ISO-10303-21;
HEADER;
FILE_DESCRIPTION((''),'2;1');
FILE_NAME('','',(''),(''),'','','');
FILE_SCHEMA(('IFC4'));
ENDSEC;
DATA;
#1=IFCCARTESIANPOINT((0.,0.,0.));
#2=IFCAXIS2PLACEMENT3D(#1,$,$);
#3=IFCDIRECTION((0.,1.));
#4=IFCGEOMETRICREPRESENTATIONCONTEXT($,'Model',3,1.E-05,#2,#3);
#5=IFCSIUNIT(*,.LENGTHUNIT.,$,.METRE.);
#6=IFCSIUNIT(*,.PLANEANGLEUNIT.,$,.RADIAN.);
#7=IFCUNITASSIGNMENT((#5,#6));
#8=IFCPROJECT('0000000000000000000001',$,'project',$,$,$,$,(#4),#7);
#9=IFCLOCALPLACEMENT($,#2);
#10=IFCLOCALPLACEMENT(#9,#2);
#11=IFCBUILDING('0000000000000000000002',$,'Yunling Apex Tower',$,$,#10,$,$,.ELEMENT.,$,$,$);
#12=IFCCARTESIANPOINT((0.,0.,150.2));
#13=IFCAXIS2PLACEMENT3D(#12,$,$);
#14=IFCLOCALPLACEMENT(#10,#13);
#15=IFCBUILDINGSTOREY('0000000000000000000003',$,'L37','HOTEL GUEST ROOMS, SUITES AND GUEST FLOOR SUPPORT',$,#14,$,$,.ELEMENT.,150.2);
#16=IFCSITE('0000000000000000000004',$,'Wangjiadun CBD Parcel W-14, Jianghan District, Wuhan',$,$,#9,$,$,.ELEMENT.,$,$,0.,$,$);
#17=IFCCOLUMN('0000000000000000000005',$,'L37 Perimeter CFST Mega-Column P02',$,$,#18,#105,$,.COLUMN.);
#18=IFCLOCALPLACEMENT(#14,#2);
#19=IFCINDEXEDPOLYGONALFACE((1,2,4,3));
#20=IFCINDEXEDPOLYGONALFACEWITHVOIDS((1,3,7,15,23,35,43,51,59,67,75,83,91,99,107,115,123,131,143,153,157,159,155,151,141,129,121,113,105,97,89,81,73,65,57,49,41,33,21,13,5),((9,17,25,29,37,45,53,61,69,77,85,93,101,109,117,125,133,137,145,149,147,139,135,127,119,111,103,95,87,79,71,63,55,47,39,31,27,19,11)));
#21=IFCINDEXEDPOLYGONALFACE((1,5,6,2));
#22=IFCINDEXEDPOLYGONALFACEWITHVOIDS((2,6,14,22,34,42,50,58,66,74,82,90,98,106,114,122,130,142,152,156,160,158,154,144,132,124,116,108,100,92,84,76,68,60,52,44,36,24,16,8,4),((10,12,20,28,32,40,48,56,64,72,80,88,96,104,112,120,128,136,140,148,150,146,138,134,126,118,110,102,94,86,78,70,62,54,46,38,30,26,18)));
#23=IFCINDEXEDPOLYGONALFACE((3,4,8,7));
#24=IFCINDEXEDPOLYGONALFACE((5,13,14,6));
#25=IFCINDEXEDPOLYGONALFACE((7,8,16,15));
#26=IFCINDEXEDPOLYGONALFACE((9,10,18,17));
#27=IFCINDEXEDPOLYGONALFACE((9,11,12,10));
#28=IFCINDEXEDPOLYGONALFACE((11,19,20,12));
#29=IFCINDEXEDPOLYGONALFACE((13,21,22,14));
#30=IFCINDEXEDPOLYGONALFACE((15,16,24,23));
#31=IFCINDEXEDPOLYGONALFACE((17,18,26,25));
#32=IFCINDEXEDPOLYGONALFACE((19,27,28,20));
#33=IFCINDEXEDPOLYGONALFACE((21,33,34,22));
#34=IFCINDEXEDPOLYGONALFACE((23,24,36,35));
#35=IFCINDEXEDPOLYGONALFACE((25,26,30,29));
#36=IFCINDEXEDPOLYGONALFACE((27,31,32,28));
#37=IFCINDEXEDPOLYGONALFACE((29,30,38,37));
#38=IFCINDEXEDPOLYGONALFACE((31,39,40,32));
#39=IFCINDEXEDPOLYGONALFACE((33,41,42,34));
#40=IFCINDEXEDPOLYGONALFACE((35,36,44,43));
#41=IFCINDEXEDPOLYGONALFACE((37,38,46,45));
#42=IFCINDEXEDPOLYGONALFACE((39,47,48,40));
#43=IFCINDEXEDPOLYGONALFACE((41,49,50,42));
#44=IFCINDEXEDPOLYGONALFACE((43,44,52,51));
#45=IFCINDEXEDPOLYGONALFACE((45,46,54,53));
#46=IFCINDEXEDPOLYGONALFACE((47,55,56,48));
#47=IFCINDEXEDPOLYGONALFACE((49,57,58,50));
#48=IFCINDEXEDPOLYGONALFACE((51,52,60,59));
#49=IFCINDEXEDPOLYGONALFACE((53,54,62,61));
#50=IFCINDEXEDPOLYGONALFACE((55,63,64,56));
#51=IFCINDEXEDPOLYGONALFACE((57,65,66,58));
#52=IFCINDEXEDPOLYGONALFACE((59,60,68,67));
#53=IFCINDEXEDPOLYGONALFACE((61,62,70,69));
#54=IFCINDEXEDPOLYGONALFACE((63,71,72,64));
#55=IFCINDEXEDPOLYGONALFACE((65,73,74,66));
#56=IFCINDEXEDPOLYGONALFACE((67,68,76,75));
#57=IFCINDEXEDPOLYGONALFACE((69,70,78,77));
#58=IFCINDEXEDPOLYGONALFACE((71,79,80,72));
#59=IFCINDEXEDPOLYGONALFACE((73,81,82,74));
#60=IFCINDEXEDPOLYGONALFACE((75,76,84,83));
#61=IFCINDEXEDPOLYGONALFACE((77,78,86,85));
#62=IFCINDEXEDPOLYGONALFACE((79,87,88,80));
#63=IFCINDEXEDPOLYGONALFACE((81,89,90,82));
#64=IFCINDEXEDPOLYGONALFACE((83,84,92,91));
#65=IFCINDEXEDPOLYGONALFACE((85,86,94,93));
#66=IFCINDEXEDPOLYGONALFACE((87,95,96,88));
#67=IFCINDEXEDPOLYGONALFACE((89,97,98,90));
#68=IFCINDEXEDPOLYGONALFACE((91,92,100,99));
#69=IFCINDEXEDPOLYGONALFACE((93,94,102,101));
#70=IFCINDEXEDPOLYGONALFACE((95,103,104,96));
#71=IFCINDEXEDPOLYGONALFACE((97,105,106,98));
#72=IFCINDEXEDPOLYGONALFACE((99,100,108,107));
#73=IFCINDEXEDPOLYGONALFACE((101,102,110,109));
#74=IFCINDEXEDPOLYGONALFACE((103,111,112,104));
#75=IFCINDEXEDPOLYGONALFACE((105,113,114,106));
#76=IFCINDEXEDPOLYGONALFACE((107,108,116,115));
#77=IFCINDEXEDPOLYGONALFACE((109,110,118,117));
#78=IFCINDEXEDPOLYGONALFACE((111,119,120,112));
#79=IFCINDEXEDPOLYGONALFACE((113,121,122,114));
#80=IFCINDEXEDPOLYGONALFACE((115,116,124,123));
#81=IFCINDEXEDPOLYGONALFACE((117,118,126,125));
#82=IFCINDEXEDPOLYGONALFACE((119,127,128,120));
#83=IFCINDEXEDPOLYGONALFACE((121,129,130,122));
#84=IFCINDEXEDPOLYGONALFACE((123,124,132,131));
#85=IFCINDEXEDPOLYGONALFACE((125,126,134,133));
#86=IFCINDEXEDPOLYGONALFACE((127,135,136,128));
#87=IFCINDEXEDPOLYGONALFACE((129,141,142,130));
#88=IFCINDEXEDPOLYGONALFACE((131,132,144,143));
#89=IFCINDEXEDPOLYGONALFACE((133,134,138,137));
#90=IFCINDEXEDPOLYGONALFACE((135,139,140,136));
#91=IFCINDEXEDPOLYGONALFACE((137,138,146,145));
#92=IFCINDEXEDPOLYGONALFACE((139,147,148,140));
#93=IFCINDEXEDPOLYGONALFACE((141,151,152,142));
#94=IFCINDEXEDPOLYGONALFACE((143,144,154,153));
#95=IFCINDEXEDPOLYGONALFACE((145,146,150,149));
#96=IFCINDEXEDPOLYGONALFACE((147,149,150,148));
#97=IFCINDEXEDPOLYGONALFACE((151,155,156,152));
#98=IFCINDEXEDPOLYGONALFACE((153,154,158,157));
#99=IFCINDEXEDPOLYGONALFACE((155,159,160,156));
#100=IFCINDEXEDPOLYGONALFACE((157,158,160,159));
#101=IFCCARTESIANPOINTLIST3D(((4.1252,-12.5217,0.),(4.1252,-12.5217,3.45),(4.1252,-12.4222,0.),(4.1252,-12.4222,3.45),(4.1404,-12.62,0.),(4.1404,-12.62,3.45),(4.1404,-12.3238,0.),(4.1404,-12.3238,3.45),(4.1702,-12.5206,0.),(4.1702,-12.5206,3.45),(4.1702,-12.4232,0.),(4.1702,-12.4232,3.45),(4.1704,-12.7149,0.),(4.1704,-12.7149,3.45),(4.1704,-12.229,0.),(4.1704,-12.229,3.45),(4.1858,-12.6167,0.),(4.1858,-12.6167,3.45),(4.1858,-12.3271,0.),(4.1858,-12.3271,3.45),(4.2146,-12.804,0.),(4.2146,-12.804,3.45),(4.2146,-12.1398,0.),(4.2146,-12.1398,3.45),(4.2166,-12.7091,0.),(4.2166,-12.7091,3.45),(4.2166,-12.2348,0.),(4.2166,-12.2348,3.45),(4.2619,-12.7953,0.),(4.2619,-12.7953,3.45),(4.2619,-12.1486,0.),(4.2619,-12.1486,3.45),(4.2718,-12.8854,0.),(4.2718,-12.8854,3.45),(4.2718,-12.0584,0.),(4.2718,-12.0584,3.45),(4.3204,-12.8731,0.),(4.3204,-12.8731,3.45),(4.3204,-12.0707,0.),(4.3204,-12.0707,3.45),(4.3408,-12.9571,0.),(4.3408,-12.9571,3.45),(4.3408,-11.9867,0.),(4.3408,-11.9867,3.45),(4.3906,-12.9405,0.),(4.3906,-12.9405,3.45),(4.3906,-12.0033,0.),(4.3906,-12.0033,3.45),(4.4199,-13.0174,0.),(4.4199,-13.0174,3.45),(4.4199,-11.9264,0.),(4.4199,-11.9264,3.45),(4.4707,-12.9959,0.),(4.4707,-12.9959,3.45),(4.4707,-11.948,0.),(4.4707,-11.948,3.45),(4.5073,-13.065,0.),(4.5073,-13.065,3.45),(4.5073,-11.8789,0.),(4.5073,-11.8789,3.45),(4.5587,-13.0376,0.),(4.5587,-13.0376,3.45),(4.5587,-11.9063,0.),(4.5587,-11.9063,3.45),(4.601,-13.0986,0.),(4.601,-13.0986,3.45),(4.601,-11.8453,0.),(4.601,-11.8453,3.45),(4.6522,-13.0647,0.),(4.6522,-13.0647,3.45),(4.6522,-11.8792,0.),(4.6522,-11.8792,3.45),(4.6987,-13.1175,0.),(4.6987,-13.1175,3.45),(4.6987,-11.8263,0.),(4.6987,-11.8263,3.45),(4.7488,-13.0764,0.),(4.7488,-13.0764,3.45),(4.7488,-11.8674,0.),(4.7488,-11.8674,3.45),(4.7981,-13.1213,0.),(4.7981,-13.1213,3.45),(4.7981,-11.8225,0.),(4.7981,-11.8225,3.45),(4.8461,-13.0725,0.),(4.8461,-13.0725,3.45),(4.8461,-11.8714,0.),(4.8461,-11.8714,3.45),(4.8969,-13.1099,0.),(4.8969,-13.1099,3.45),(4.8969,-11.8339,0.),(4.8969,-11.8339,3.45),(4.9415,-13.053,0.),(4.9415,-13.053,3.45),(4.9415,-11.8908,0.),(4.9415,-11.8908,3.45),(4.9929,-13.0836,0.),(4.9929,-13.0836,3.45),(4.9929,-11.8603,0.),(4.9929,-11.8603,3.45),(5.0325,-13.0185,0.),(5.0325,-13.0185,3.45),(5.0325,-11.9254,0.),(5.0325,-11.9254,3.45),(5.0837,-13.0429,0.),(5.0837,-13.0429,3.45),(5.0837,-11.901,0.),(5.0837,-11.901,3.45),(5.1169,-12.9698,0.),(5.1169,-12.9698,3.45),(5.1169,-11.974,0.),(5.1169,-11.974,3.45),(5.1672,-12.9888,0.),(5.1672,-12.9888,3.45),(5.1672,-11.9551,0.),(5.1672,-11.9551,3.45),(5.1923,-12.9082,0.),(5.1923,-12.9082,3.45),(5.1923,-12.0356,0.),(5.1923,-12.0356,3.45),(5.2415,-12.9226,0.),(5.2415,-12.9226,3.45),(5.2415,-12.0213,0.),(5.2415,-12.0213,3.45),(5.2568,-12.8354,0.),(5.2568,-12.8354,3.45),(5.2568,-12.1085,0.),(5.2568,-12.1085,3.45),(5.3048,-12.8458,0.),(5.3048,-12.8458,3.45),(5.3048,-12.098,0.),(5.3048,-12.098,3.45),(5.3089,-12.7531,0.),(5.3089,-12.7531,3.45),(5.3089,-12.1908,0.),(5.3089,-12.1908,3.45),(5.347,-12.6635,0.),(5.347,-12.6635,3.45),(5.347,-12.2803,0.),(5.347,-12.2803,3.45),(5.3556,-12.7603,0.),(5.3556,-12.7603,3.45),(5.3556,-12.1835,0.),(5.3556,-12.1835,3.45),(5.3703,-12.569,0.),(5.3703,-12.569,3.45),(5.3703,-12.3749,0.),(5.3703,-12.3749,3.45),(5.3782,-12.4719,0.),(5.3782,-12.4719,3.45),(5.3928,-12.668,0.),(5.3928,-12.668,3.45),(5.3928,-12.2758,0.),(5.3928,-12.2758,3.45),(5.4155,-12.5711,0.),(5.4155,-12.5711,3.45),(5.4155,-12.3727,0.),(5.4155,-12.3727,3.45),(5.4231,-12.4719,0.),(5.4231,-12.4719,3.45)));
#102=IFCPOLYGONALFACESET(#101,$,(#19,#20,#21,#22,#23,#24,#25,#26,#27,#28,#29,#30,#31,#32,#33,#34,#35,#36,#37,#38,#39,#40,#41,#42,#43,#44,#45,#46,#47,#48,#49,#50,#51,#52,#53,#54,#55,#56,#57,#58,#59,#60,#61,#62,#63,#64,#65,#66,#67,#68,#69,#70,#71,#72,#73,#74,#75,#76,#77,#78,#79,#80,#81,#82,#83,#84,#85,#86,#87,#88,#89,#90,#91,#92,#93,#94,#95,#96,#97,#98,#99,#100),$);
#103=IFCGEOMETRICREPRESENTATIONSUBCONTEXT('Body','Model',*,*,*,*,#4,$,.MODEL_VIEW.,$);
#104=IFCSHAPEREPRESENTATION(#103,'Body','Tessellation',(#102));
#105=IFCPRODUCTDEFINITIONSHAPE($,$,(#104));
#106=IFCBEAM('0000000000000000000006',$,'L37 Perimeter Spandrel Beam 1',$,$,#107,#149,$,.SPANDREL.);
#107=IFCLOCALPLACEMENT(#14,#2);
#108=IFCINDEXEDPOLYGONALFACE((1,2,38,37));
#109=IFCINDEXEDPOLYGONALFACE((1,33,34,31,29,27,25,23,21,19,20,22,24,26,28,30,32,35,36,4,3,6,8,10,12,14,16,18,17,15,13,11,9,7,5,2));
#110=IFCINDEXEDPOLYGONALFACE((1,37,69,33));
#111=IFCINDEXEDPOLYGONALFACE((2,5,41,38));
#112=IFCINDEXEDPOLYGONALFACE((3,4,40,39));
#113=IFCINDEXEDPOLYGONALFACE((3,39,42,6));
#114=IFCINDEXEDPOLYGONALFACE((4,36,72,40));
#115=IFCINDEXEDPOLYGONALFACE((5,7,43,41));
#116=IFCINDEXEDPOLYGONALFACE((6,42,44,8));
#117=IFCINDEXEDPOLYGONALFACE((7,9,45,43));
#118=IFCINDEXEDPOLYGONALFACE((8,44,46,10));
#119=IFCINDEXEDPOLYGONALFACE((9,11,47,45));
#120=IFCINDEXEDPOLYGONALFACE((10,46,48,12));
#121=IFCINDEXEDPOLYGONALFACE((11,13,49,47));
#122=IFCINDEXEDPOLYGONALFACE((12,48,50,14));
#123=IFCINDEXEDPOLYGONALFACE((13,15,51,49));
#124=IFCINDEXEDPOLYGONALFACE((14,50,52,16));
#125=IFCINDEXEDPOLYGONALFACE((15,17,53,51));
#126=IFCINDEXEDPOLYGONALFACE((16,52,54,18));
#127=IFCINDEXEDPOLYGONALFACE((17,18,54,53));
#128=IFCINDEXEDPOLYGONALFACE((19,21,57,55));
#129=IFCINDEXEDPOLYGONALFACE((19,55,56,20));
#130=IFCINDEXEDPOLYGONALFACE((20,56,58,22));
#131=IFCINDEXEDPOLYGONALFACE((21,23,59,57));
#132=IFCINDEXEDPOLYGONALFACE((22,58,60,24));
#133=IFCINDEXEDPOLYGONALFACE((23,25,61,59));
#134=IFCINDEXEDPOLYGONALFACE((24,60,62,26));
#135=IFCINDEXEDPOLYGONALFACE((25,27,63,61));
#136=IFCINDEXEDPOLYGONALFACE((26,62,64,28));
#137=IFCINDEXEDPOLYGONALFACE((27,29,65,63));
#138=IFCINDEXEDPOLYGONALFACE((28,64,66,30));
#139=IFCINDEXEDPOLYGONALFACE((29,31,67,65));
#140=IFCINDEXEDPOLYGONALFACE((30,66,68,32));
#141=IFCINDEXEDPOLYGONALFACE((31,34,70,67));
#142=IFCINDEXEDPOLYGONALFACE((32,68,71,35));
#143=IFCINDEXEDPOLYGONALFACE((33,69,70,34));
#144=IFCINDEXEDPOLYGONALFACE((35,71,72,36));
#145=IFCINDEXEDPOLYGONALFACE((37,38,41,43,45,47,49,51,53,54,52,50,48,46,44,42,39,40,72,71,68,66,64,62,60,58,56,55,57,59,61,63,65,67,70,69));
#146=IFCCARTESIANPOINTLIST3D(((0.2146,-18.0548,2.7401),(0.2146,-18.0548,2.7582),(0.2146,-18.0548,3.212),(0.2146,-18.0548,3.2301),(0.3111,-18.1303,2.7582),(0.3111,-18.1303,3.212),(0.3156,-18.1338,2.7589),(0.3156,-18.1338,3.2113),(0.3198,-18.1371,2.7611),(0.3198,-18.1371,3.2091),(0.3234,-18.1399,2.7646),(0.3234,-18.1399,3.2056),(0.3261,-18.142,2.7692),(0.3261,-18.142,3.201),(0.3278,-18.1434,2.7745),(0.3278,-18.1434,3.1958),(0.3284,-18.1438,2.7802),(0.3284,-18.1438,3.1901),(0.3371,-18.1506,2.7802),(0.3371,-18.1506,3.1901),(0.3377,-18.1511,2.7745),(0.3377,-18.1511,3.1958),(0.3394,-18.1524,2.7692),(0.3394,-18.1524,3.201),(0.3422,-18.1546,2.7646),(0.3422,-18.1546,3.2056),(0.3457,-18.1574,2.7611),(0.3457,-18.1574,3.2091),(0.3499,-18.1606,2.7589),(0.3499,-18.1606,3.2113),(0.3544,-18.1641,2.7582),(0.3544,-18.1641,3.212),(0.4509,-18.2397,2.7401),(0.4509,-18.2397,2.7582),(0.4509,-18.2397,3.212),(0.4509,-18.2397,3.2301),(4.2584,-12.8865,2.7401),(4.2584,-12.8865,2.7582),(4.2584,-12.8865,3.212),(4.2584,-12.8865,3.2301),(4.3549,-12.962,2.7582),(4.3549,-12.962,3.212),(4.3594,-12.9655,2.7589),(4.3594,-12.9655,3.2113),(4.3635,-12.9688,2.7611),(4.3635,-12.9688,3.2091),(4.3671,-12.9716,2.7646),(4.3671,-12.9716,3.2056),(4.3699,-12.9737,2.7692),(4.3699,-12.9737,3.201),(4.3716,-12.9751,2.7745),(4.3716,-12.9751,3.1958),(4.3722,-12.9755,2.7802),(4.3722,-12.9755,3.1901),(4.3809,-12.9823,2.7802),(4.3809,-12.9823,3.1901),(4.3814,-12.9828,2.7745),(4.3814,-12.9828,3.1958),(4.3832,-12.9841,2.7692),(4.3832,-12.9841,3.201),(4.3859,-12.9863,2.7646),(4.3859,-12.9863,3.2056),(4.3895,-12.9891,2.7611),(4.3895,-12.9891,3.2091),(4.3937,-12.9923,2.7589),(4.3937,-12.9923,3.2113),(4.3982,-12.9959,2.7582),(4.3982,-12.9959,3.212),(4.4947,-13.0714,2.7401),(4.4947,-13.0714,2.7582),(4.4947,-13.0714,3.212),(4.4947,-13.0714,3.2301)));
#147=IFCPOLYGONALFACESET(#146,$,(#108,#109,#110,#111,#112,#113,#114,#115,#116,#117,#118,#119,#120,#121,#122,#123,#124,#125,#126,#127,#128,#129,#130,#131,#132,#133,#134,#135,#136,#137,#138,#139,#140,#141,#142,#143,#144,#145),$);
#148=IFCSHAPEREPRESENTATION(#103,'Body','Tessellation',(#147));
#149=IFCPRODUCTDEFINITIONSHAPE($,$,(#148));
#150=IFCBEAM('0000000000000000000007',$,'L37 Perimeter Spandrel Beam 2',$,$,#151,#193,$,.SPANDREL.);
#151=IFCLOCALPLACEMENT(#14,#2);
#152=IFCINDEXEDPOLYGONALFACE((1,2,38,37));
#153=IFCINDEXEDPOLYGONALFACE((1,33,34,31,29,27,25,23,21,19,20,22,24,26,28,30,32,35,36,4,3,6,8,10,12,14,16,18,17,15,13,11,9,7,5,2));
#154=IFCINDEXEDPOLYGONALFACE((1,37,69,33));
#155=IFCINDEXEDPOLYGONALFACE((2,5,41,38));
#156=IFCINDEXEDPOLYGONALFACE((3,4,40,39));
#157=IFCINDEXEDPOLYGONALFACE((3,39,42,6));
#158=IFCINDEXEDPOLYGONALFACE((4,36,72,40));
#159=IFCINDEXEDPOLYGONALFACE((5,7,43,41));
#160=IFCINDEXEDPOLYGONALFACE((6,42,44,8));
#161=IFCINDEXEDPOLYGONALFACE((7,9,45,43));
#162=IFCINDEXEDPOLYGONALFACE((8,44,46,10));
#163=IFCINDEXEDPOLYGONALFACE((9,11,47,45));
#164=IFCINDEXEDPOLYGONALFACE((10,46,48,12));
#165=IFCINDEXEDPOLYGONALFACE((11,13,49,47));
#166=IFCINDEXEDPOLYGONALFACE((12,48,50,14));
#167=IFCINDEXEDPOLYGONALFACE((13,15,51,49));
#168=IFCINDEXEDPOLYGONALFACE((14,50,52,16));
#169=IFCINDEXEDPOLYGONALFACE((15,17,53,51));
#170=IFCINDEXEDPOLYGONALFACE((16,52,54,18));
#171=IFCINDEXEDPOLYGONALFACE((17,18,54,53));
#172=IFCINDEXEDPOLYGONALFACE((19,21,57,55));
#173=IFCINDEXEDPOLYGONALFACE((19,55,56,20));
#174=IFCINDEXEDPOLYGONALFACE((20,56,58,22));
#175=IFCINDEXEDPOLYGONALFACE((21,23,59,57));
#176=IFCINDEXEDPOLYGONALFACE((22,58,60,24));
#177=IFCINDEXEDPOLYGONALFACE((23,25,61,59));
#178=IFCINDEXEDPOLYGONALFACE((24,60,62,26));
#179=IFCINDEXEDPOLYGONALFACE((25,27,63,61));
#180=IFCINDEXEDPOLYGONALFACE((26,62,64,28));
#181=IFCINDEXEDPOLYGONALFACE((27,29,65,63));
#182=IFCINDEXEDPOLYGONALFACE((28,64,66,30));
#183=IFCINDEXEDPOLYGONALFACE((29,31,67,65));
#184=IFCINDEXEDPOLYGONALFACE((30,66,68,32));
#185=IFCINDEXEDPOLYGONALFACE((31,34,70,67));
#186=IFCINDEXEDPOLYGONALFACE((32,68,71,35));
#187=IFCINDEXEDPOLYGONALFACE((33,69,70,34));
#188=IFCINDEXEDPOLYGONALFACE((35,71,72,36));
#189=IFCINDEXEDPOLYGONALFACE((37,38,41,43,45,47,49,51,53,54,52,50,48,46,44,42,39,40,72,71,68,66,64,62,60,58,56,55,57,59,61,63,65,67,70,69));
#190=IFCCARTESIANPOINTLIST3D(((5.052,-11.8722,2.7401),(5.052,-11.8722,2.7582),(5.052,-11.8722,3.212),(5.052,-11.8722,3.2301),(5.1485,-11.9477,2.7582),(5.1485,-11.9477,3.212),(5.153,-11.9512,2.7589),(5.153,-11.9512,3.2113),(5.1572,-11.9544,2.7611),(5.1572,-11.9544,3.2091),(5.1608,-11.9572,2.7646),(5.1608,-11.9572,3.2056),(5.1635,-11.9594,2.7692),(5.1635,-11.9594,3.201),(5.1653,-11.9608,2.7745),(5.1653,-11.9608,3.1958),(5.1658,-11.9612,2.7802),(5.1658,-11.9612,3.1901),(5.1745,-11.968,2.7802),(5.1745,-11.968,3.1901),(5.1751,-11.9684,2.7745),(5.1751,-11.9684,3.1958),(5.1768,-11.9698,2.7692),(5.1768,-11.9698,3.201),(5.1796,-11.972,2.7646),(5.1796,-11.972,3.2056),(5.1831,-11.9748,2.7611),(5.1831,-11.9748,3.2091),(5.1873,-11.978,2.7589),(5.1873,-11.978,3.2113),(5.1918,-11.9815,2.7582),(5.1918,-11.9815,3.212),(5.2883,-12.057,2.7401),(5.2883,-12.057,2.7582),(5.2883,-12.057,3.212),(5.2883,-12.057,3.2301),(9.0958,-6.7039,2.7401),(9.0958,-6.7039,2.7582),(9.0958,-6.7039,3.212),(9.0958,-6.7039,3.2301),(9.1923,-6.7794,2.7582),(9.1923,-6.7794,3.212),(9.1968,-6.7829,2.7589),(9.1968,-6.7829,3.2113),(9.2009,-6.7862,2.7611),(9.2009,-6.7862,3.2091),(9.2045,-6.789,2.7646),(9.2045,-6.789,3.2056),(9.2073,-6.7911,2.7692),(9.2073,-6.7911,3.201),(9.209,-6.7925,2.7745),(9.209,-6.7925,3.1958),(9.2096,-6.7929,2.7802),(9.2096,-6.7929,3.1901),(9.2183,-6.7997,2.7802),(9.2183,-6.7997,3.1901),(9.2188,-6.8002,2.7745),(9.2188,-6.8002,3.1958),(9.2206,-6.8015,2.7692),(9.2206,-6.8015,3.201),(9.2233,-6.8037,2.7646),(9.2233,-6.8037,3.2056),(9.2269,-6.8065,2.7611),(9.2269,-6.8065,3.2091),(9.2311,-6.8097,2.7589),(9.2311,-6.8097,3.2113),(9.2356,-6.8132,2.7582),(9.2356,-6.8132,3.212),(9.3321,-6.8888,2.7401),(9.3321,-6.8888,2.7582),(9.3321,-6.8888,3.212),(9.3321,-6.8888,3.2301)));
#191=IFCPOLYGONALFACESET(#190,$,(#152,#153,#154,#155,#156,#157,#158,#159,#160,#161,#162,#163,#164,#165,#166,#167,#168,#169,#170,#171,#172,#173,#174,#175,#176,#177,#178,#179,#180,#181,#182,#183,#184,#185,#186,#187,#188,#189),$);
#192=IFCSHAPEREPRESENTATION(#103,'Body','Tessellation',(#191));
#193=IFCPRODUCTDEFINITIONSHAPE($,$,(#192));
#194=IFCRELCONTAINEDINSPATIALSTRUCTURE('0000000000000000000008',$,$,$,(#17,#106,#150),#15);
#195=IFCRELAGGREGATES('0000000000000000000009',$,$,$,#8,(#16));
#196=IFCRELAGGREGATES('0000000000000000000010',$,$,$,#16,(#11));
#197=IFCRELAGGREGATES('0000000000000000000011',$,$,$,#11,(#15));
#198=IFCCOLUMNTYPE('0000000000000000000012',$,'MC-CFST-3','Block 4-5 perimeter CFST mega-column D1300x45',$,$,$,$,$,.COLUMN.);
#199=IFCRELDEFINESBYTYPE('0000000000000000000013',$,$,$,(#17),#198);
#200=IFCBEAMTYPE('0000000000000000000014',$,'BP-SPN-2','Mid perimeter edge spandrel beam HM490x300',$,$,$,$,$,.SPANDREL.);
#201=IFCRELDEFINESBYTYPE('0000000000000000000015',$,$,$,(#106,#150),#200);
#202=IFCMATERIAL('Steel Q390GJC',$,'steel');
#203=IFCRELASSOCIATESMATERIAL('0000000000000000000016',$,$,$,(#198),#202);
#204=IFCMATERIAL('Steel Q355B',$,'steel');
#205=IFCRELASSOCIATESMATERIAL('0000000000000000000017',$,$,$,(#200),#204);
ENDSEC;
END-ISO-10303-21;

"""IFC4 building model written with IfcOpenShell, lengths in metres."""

from ifc_helpers import new_model, si_unit, direction, frame, origin, origin_2d, place, context, subcontext, project, spatial, hollow_circle, i_section, extrude, source, transform, mapped, material, material_profile, profile_set, type_object, element, save


model = new_model("IFC4")

# Units and contexts
model_context = context("Model", 3, precision=1e-05, world=origin(), true_north=direction((0.0, 1.0)))
body_context = subcontext(model_context, "Body", "Model", "MODEL_VIEW")
ifc_project = project(units=[si_unit("LENGTHUNIT", "METRE"), si_unit("PLANEANGLEUNIT", "RADIAN")], contexts=[model_context])

# Site, building, storey
site_placement = place(None, origin())
site = spatial("IfcSite", under=ifc_project, at=site_placement, Name="Wangjiadun CBD Parcel W-14, Jianghan District, Wuhan", CompositionType="ELEMENT", RefElevation=0.0)
building_placement = place(site_placement, origin())
building = spatial("IfcBuilding", under=site, at=building_placement, Name="Yunling Apex Tower", CompositionType="ELEMENT")
storey_placement = place(building_placement, frame((0.0, 0.0, 150.2)))
storey = spatial("IfcBuildingStorey", under=building, at=storey_placement, Name="L37", Description="HOTEL GUEST ROOMS, SUITES AND GUEST FLOOR SUPPORT", CompositionType="ELEMENT", Elevation=150.2)

# Column
ifc_material_1 = material(Name="Steel Q390GJC", Category="steel")
ifc_material_profile_1 = material_profile(ifc_material_1, hollow_circle(Radius=0.6499, WallThickness=0.0449, at=origin_2d()))
ifc_profile_set_1 = profile_set([ifc_material_profile_1], Name="Steel Q390GJC")
column_type = type_object("IfcColumnType", Name="MC-CFST-3", Description="Block 4-5 perimeter CFST mega-column D1300x45", PredefinedType="COLUMN", material=ifc_profile_set_1)
shared_shape_1 = source(origin(), body_context, "Body", "SweptSolid", [
    extrude(hollow_circle(Radius=0.6499, WallThickness=0.0449, at=origin_2d()), origin(), (0.0, 0.0, 1.0), 3.45),
])
column_placement = place(storey_placement, frame((4.7732, -12.4719, 0.0), z_axis=(0.0, 0.0, 1.0), x_axis=(1.0, 0.0, 0.0)))
element("IfcColumn", 1, at=column_placement, inside=storey, type_object=column_type, Name="L37 Perimeter CFST Mega-Column P02", PredefinedType="COLUMN", context=body_context, shape_type="MappedRepresentation", body=[
    mapped(shared_shape_1, transform((0.0, 0.0, 0.0), scale=1.0)),
])

# Beams
ifc_material_2 = material(Name="Steel Q355B", Category="steel")
ifc_material_profile_2 = material_profile(ifc_material_2, i_section(OverallWidth=0.3, OverallDepth=0.49, WebThickness=0.011, FlangeThickness=0.0181, FilletRadius=0.022, at=origin_2d()))
ifc_profile_set_2 = profile_set([ifc_material_profile_2], Name="Steel Q355B")
beam_type_1 = type_object("IfcBeamType", Name="BP-SPN-2", Description="Mid perimeter edge spandrel beam HM490x300", PredefinedType="SPANDREL", material=ifc_profile_set_2)
shared_shape_2 = source(origin(), body_context, "Body", "SweptSolid", [
    extrude(i_section(OverallWidth=0.3, OverallDepth=0.49, WebThickness=0.011, FlangeThickness=0.0181, FilletRadius=0.022, at=origin_2d()), origin(), (0.0, 0.0, 1.0), 6.5623),
])
for number, where, z_axis, x_axis, name in (
    (2, (0.3328, -18.1472, 2.9851), (0.616215, 0.787578, 0.0), (-0.787578, 0.616215, 0.0), "L37 Perimeter Spandrel Beam 1"),
    (3, (5.1702, -11.9646, 2.9851), (0.616215, 0.787578, 0.0), (-0.787578, 0.616215, 0.0), "L37 Perimeter Spandrel Beam 2"),
):
    element("IfcBeam", number, at=place(storey_placement, frame(where, z_axis=z_axis, x_axis=x_axis)), inside=storey, type_object=beam_type_1, Name=name, PredefinedType="SPANDREL", context=body_context, shape_type="MappedRepresentation", body=[
        mapped(shared_shape_2, transform((0.0, 0.0, 0.0), scale=1.0)),
    ])

save(model, "model.ifc")
